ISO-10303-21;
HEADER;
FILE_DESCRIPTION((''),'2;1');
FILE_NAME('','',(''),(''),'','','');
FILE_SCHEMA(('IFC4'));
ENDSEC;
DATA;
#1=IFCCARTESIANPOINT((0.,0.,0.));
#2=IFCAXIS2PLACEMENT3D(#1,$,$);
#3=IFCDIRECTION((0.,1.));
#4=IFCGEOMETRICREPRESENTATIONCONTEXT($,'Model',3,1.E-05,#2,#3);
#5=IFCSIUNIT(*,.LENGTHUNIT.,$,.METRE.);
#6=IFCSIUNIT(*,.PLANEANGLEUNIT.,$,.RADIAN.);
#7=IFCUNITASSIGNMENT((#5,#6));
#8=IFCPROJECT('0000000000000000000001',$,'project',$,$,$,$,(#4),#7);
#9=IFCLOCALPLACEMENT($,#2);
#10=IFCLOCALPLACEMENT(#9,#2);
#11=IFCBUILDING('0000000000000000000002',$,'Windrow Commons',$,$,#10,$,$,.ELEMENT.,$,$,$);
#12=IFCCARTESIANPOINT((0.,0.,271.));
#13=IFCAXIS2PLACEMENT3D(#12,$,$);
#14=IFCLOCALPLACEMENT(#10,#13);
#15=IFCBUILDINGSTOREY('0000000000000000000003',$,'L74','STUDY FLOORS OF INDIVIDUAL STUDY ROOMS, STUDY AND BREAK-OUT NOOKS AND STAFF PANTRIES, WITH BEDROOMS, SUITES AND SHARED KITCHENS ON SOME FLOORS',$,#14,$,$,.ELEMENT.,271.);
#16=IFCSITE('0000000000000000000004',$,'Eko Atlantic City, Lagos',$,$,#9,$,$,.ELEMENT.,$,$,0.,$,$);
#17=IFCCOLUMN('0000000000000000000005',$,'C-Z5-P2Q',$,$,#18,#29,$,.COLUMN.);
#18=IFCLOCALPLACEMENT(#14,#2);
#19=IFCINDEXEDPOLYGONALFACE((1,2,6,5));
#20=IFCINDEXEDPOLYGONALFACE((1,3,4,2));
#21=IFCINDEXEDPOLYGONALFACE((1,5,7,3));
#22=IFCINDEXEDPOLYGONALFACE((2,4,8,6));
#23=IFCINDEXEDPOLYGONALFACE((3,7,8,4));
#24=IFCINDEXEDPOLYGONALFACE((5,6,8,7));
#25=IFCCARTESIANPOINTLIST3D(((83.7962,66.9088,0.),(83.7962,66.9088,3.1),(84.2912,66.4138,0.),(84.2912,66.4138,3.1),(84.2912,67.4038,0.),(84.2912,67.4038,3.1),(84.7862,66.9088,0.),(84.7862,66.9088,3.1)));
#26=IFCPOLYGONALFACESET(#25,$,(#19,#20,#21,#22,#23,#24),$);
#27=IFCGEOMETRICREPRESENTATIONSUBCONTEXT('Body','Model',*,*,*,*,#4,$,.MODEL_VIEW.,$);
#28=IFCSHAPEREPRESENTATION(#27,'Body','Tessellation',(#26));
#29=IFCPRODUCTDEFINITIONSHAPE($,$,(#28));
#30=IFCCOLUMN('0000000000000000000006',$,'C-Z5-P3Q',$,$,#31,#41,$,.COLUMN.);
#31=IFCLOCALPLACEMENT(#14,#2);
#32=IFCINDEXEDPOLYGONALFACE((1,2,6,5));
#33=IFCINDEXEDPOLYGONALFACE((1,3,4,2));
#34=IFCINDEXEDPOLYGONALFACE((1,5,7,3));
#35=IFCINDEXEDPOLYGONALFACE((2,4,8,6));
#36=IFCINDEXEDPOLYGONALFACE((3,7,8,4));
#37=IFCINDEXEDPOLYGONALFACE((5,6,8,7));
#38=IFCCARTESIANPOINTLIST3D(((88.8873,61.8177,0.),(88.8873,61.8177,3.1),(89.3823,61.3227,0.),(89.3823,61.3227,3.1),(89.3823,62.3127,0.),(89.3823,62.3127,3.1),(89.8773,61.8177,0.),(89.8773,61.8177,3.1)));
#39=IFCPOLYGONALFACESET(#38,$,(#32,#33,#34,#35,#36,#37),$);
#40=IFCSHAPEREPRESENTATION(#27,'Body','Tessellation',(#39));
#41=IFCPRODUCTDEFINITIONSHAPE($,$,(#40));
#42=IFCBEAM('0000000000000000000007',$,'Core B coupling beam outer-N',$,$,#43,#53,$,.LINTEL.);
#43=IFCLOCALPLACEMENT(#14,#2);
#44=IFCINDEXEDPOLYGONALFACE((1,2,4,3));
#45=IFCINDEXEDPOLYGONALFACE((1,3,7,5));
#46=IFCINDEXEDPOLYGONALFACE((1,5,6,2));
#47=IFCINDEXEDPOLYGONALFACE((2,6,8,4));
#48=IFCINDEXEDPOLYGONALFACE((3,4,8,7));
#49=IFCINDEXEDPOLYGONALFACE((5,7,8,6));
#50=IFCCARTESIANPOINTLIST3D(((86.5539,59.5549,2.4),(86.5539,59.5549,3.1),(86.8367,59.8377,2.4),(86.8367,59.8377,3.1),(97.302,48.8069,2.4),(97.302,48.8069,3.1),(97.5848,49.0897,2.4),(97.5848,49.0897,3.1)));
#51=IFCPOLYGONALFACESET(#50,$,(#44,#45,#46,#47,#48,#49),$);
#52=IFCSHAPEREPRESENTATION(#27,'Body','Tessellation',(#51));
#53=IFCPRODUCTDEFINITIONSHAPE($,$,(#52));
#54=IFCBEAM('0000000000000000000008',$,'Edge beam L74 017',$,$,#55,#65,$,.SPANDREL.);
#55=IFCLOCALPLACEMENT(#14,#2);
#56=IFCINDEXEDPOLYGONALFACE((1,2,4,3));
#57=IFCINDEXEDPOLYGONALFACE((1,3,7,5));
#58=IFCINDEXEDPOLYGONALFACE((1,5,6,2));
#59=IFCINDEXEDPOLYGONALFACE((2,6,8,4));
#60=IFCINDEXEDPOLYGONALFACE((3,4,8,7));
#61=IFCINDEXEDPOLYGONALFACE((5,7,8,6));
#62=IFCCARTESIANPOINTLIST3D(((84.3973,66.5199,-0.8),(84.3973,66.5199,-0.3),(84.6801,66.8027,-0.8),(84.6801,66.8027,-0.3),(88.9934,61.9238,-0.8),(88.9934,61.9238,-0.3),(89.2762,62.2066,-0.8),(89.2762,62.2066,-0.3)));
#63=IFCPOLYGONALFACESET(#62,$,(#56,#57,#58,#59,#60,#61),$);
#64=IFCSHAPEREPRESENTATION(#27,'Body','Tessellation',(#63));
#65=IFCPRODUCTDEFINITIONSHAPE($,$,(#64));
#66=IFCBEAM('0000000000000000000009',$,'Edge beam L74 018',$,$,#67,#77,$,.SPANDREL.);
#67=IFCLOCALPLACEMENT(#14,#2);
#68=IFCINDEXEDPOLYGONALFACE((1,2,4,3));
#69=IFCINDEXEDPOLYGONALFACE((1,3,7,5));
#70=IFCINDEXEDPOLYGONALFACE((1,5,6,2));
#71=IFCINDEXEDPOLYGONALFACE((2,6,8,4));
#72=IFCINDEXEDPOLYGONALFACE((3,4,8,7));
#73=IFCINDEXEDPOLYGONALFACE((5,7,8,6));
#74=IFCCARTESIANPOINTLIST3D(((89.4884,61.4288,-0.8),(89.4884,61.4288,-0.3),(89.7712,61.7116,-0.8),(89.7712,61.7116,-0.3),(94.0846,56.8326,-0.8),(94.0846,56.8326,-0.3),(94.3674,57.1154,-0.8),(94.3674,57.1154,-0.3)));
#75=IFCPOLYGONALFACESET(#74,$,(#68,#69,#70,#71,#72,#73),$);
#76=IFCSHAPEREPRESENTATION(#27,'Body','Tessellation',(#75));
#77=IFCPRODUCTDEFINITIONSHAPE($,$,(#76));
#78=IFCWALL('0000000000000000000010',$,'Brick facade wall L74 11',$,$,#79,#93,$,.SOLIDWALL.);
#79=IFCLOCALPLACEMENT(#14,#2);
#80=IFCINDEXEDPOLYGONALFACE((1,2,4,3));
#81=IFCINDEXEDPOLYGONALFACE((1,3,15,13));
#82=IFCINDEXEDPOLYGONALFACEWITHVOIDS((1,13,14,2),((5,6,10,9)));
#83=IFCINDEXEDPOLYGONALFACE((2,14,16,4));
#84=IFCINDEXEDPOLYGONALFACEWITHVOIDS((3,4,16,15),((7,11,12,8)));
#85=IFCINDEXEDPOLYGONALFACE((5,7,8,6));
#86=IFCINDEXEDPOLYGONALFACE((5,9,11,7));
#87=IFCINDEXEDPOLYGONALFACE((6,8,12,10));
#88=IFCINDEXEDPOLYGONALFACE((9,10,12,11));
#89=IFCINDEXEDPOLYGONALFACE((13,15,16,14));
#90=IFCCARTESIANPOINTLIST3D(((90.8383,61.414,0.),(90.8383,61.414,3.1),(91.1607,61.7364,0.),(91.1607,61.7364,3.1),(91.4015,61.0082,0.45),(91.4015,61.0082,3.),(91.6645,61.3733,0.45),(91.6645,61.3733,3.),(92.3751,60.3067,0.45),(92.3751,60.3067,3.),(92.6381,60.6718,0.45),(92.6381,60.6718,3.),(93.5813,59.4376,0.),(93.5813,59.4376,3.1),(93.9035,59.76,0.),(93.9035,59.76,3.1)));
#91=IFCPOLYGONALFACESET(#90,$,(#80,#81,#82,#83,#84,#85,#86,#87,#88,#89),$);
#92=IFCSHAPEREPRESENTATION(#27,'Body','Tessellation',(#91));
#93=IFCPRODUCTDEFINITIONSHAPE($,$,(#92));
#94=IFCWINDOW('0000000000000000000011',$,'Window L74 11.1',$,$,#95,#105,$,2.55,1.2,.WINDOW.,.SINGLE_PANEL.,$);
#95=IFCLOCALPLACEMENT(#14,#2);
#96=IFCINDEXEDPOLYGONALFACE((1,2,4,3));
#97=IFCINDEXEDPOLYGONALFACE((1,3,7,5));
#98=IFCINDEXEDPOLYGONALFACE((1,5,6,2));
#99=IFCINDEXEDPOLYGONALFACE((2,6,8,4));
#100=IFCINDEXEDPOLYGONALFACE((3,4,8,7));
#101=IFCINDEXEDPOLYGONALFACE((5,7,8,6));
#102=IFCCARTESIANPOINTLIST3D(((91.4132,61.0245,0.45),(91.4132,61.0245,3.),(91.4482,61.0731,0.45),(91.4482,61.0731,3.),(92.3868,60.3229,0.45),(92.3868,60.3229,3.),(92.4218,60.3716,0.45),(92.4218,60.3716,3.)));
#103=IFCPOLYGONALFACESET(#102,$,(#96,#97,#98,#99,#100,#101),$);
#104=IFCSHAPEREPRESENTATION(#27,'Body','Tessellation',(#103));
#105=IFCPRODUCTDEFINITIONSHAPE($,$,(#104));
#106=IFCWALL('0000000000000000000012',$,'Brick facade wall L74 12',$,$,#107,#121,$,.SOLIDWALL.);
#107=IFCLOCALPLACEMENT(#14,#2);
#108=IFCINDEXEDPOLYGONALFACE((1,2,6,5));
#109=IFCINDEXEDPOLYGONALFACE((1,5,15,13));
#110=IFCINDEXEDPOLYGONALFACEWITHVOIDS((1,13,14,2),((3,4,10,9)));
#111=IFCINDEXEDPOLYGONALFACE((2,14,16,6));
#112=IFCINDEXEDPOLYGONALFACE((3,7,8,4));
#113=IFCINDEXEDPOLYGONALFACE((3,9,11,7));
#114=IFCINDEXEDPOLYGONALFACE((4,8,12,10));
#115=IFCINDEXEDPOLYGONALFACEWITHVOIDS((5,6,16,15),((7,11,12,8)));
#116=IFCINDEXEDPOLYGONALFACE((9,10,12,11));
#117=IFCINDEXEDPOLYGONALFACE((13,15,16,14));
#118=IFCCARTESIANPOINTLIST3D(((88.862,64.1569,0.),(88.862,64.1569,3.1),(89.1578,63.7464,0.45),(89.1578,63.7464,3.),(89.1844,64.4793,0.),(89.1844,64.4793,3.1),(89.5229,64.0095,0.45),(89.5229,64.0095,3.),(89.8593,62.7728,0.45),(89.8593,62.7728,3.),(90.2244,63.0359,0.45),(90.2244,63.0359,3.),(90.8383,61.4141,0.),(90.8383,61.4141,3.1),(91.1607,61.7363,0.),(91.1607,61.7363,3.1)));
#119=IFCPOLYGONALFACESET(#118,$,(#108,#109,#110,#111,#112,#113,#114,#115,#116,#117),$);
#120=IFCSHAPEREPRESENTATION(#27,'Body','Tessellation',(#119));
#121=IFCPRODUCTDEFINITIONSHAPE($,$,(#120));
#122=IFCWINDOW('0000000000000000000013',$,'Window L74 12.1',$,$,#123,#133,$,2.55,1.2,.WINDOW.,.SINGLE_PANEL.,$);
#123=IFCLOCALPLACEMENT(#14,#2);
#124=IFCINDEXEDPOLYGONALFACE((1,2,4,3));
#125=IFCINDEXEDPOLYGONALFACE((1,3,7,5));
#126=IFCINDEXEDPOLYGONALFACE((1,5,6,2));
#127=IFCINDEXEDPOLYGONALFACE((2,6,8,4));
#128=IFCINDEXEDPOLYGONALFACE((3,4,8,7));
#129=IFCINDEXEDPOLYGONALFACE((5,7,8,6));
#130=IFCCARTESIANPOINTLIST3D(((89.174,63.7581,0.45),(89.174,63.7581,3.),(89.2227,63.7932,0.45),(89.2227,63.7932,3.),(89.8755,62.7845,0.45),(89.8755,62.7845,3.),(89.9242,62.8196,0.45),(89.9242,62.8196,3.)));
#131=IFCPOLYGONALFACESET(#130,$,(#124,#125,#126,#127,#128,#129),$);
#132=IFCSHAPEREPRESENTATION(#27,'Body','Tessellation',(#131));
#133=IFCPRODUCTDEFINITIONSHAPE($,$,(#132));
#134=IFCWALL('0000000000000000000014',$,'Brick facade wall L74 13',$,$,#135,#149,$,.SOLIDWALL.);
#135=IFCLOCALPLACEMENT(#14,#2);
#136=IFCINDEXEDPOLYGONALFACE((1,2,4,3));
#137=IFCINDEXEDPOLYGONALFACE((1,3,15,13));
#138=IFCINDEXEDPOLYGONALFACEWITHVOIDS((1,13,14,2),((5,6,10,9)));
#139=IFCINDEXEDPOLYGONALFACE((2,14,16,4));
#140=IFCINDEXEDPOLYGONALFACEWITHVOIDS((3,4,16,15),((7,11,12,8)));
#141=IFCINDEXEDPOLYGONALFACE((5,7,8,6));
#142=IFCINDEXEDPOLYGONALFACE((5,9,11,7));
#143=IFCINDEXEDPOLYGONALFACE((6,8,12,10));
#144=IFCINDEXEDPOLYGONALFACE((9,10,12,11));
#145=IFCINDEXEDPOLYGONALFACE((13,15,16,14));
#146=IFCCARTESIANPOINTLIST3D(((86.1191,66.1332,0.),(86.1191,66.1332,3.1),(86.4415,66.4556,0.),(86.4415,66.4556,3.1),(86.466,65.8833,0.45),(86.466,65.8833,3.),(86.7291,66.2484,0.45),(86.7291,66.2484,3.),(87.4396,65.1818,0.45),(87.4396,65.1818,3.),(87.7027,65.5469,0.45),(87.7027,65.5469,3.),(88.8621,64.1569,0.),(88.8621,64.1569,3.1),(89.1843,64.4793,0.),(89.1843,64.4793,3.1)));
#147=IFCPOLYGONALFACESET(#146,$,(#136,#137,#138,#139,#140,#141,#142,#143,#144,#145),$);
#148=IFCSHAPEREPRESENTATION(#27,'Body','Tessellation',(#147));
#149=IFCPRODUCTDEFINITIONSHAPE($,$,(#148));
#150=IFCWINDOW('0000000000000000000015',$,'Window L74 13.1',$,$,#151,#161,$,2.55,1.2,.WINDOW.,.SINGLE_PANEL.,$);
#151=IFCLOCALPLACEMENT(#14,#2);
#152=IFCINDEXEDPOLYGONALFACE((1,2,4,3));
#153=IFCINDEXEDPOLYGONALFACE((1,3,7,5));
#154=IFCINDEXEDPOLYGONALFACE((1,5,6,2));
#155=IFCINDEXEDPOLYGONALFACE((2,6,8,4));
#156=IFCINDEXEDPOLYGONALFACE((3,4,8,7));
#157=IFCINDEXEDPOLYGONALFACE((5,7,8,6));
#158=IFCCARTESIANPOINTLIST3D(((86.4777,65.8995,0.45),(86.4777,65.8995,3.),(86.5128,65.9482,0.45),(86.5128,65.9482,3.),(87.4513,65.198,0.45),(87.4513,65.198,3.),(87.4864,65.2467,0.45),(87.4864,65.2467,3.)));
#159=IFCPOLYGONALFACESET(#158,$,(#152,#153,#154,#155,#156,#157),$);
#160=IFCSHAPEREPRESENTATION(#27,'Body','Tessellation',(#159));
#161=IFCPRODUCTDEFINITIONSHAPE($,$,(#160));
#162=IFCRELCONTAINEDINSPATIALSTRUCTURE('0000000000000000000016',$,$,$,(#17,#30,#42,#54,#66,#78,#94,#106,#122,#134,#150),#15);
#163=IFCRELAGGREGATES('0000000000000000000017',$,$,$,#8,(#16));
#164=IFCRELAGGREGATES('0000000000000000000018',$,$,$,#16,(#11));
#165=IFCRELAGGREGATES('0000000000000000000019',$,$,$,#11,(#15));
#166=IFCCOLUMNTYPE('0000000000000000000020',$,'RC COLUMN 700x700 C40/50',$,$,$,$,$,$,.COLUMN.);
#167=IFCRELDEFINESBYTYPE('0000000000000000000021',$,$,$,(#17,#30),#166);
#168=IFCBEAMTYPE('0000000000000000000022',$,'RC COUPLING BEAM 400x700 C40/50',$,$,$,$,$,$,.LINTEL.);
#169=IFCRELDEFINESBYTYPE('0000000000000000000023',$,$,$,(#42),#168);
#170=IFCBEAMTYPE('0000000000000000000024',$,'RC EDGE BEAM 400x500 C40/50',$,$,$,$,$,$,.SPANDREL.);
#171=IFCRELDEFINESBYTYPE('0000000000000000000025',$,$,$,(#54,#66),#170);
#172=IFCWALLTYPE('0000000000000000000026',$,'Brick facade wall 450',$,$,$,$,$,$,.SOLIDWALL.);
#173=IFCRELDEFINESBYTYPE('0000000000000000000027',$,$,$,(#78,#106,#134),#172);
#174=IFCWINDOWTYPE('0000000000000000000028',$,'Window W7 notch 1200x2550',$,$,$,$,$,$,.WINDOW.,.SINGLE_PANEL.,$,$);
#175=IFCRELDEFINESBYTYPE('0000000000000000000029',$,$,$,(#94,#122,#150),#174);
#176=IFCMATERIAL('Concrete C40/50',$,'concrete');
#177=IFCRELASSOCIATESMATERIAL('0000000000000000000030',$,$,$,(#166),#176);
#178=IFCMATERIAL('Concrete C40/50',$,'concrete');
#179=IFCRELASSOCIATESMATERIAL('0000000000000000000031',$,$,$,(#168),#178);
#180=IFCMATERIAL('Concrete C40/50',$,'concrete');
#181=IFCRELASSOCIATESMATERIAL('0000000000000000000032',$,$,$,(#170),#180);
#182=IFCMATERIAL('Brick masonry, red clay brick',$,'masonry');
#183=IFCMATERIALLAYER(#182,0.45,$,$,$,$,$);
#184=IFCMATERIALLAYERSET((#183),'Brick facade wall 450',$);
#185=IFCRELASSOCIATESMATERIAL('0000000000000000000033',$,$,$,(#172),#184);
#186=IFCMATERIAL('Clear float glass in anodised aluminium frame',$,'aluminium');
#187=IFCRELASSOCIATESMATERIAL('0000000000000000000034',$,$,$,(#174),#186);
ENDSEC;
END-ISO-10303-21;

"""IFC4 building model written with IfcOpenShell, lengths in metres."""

from ifc_helpers import new_model, si_unit, direction, frame, frame_2d, origin, origin_2d, place, context, subcontext, project, spatial, polyline, rectangle, outline, extrude, material, layer, layer_set, material_profile, profile_set, type_object, element, fill, save


model = new_model("IFC4")

# Units and contexts
model_context = context("Model", 3, precision=1e-05, world=origin(), true_north=direction((0.0, 1.0)))
body_context = subcontext(model_context, "Body", "Model", "MODEL_VIEW")
ifc_project = project(units=[si_unit("LENGTHUNIT", "METRE"), si_unit("PLANEANGLEUNIT", "RADIAN")], contexts=[model_context])

# Site, building, storey
site_placement = place(None, origin())
site = spatial("IfcSite", under=ifc_project, at=site_placement, Name="Eko Atlantic City, Lagos", CompositionType="ELEMENT", RefElevation=0.0)
building_placement = place(site_placement, origin())
building = spatial("IfcBuilding", under=site, at=building_placement, Name="Windrow Commons", CompositionType="ELEMENT")
storey_placement = place(building_placement, frame((0.0, 0.0, 271.0)))
storey = spatial("IfcBuildingStorey", under=building, at=storey_placement, Name="L74", Description="STUDY FLOORS OF INDIVIDUAL STUDY ROOMS, STUDY AND BREAK-OUT NOOKS AND STAFF PANTRIES, WITH BEDROOMS, SUITES AND SHARED KITCHENS ON SOME FLOORS", CompositionType="ELEMENT", Elevation=271.0)

# Columns
ifc_material_1 = material(Name="Concrete C40/50", Category="concrete")
ifc_material_profile_1 = material_profile(ifc_material_1, rectangle(XDim=0.7, YDim=0.7, at=origin_2d()))
ifc_profile_set_1 = profile_set([ifc_material_profile_1], Name="Concrete C40/50")
column_type = type_object("IfcColumnType", Name="RC COLUMN 700x700 C40/50", PredefinedType="COLUMN", material=ifc_profile_set_1)
for number, where, z_axis, x_axis, name in (
    (1, (84.2912, 66.9088, 0.0), (0.0, 0.0, 1.0), (0.707107, -0.707107, 0.0), "C-Z5-P2Q"),
    (2, (89.3823, 61.8177, 0.0), (0.0, 0.0, 1.0), (0.707107, -0.707107, 0.0), "C-Z5-P3Q"),
):
    element("IfcColumn", number, at=place(storey_placement, frame(where, z_axis=z_axis, x_axis=x_axis)), inside=storey, type_object=column_type, Name=name, PredefinedType="COLUMN", context=body_context, shape_type="SweptSolid", body=[
        extrude(rectangle(XDim=0.7, YDim=0.7, at=origin_2d()), origin(), (0.0, 0.0, 1.0), 3.1),
    ])

# Beams
ifc_material_2 = material(Name="Concrete C40/50", Category="concrete")
ifc_material_profile_2 = material_profile(ifc_material_2, rectangle(XDim=0.4, YDim=0.7, at=origin_2d()))
ifc_profile_set_2 = profile_set([ifc_material_profile_2], Name="Concrete C40/50")
beam_type_1 = type_object("IfcBeamType", Name="RC COUPLING BEAM 400x700 C40/50", PredefinedType="LINTEL", material=ifc_profile_set_2)
beam_1_placement = place(storey_placement, frame((86.6953, 59.6963, 2.75), z_axis=(0.70711, -0.707103, 0.0), x_axis=(0.707103, 0.70711, 0.0)))
element("IfcBeam", 3, at=beam_1_placement, inside=storey, type_object=beam_type_1, Name="Core B coupling beam outer-N", PredefinedType="LINTEL", context=body_context, shape_type="SweptSolid", body=[
    extrude(rectangle(XDim=0.4, YDim=0.7, at=origin_2d()), origin(), (0.0, 0.0, 1.0), 15.2),
])
ifc_material_3 = material(Name="Concrete C40/50", Category="concrete")
ifc_material_profile_3 = material_profile(ifc_material_3, rectangle(XDim=0.4, YDim=0.5, at=origin_2d()))
ifc_profile_set_3 = profile_set([ifc_material_profile_3], Name="Concrete C40/50")
beam_type_2 = type_object("IfcBeamType", Name="RC EDGE BEAM 400x500 C40/50", PredefinedType="SPANDREL", material=ifc_profile_set_3)
beam_2_placement = place(storey_placement, frame((84.5387, 66.6613, -0.55), z_axis=(0.707107, -0.707107, 0.0), x_axis=(0.707107, 0.707107, 0.0)))
element("IfcBeam", 4, at=beam_2_placement, inside=storey, type_object=beam_type_2, Name="Edge beam L74 017", PredefinedType="SPANDREL", context=body_context, shape_type="SweptSolid", body=[
    extrude(rectangle(XDim=0.4, YDim=0.5, at=origin_2d()), origin(), (0.0, 0.0, 1.0), 6.4999),
])
beam_3_placement = place(storey_placement, frame((89.6298, 61.5702, -0.55), z_axis=(0.707107, -0.707107, 0.0), x_axis=(0.707107, 0.707107, 0.0)))
element("IfcBeam", 5, at=beam_3_placement, inside=storey, type_object=beam_type_2, Name="Edge beam L74 018", PredefinedType="SPANDREL", context=body_context, shape_type="SweptSolid", body=[
    extrude(rectangle(XDim=0.4, YDim=0.5, at=origin_2d()), origin(), (0.0, 0.0, 1.0), 6.5),
])

# Walls, openings, windows
ifc_material_4 = material(Name="Brick masonry, red clay brick", Category="masonry")
ifc_layer_1 = layer(ifc_material_4, 0.45)
ifc_layer_set_1 = layer_set([ifc_layer_1], Name="Brick facade wall 450")
wall_type_1 = type_object("IfcWallType", Name="Brick facade wall 450", PredefinedType="SOLIDWALL", material=ifc_layer_set_1)
wall_1_placement = place(storey_placement, frame((93.7424, 59.5988, 0.0), z_axis=(0.0, 0.0, 1.0), x_axis=(-0.811322, 0.584599, 0.0)))
wall_1 = element("IfcWall", 6, at=wall_1_placement, inside=storey, type_object=wall_type_1, Name="Brick facade wall L74 11", PredefinedType="SOLIDWALL", context=body_context, shape_type="SweptSolid", body=[
    extrude(outline(polyline([(-0.0365, -0.225), (3.3442, -0.225), (3.4173, 0.225), (0.0365, 0.225), (-0.0365, -0.225)])), origin(), (0.0, 0.0, 1.0), 3.1),
])
opening_1_placement = place(wall_1_placement, frame((1.5232, 0.0, 0.45)))
opening_1 = element("IfcOpeningElement", 7, at=opening_1_placement, cuts=wall_1, PredefinedType="OPENING", context=body_context, shape_type="SweptSolid", body=[
    extrude(rectangle(XDim=1.2, YDim=2.55, at=frame_2d((0.6, 1.275))), frame((0.0, 0.235, 0.0), z_axis=(0.0, -1.0, 0.0), x_axis=(1.0, 0.0, 0.0)), (0.0, 0.0, 1.0), 0.47),
])
ifc_material_5 = material(Name="Clear float glass in anodised aluminium frame", Category="aluminium")
window_type = type_object("IfcWindowType", Name="Window W7 notch 1200x2550", PartitioningType="SINGLE_PANEL", PredefinedType="WINDOW", material=ifc_material_5)
window_1_placement = place(opening_1_placement, origin())
window_1 = element("IfcWindow", 8, at=window_1_placement, inside=storey, type_object=window_type, Name="Window L74 11.1", OverallHeight=2.55, OverallWidth=1.2, PartitioningType="SINGLE_PANEL", PredefinedType="WINDOW", context=body_context, shape_type="SweptSolid", body=[
    extrude(rectangle(XDim=1.2, YDim=2.55, at=frame_2d((0.6, 1.275))), frame((0.0, 0.205, 0.0), z_axis=(0.0, -1.0, 0.0), x_axis=(1.0, 0.0, 0.0)), (0.0, 0.0, 1.0), 0.06),
])
fill(opening_1, window_1)
wall_2_placement = place(storey_placement, frame((90.9995, 61.5752, 0.0), z_axis=(0.0, 0.0, 1.0), x_axis=(-0.58458, 0.811336, 0.0)))
wall_2 = element("IfcWall", 9, at=wall_2_placement, inside=storey, type_object=wall_type_1, Name="Brick facade wall L74 12", PredefinedType="SOLIDWALL", context=body_context, shape_type="SweptSolid", body=[
    extrude(outline(polyline([(0.0365, -0.225), (3.4173, -0.225), (3.3442, 0.225), (-0.0365, 0.225), (0.0365, -0.225)])), origin(), (0.0, 0.0, 1.0), 3.1),
])
opening_2_placement = place(wall_2_placement, frame((1.6382, 0.0, 0.45)))
opening_2 = element("IfcOpeningElement", 10, at=opening_2_placement, cuts=wall_2, PredefinedType="OPENING", context=body_context, shape_type="SweptSolid", body=[
    extrude(rectangle(XDim=1.2, YDim=2.55, at=frame_2d((0.6, 1.275))), frame((0.0, 0.235, 0.0), z_axis=(0.0, -1.0, 0.0), x_axis=(1.0, 0.0, 0.0)), (0.0, 0.0, 1.0), 0.47),
])
window_2_placement = place(opening_2_placement, origin())
window_2 = element("IfcWindow", 11, at=window_2_placement, inside=storey, type_object=window_type, Name="Window L74 12.1", OverallHeight=2.55, OverallWidth=1.2, PartitioningType="SINGLE_PANEL", PredefinedType="WINDOW", context=body_context, shape_type="SweptSolid", body=[
    extrude(rectangle(XDim=1.2, YDim=2.55, at=frame_2d((0.6, 1.275))), frame((0.0, 0.205, 0.0), z_axis=(0.0, -1.0, 0.0), x_axis=(1.0, 0.0, 0.0)), (0.0, 0.0, 1.0), 0.06),
])
fill(opening_2, window_2)
wall_3_placement = place(storey_placement, frame((89.0232, 64.3181, 0.0), z_axis=(0.0, 0.0, 1.0), x_axis=(-0.811336, 0.58458, 0.0)))
wall_3 = element("IfcWall", 12, at=wall_3_placement, inside=storey, type_object=wall_type_1, Name="Brick facade wall L74 13", PredefinedType="SOLIDWALL", context=body_context, shape_type="SweptSolid", body=[
    extrude(outline(polyline([(-0.0365, -0.225), (3.3442, -0.225), (3.4173, 0.225), (0.0365, 0.225), (-0.0365, -0.225)])), origin(), (0.0, 0.0, 1.0), 3.1),
])
opening_3_placement = place(wall_3_placement, frame((1.7897, 0.0, 0.45)))
opening_3 = element("IfcOpeningElement", 13, at=opening_3_placement, cuts=wall_3, PredefinedType="OPENING", context=body_context, shape_type="SweptSolid", body=[
    extrude(rectangle(XDim=1.2, YDim=2.55, at=frame_2d((0.6, 1.275))), frame((0.0, 0.235, 0.0), z_axis=(0.0, -1.0, 0.0), x_axis=(1.0, 0.0, 0.0)), (0.0, 0.0, 1.0), 0.47),
])
window_3_placement = place(opening_3_placement, origin())
window_3 = element("IfcWindow", 14, at=window_3_placement, inside=storey, type_object=window_type, Name="Window L74 13.1", OverallHeight=2.55, OverallWidth=1.2, PartitioningType="SINGLE_PANEL", PredefinedType="WINDOW", context=body_context, shape_type="SweptSolid", body=[
    extrude(rectangle(XDim=1.2, YDim=2.55, at=frame_2d((0.6, 1.275))), frame((0.0, 0.205, 0.0), z_axis=(0.0, -1.0, 0.0), x_axis=(1.0, 0.0, 0.0)), (0.0, 0.0, 1.0), 0.06),
])
fill(opening_3, window_3)

save(model, "model.ifc")
